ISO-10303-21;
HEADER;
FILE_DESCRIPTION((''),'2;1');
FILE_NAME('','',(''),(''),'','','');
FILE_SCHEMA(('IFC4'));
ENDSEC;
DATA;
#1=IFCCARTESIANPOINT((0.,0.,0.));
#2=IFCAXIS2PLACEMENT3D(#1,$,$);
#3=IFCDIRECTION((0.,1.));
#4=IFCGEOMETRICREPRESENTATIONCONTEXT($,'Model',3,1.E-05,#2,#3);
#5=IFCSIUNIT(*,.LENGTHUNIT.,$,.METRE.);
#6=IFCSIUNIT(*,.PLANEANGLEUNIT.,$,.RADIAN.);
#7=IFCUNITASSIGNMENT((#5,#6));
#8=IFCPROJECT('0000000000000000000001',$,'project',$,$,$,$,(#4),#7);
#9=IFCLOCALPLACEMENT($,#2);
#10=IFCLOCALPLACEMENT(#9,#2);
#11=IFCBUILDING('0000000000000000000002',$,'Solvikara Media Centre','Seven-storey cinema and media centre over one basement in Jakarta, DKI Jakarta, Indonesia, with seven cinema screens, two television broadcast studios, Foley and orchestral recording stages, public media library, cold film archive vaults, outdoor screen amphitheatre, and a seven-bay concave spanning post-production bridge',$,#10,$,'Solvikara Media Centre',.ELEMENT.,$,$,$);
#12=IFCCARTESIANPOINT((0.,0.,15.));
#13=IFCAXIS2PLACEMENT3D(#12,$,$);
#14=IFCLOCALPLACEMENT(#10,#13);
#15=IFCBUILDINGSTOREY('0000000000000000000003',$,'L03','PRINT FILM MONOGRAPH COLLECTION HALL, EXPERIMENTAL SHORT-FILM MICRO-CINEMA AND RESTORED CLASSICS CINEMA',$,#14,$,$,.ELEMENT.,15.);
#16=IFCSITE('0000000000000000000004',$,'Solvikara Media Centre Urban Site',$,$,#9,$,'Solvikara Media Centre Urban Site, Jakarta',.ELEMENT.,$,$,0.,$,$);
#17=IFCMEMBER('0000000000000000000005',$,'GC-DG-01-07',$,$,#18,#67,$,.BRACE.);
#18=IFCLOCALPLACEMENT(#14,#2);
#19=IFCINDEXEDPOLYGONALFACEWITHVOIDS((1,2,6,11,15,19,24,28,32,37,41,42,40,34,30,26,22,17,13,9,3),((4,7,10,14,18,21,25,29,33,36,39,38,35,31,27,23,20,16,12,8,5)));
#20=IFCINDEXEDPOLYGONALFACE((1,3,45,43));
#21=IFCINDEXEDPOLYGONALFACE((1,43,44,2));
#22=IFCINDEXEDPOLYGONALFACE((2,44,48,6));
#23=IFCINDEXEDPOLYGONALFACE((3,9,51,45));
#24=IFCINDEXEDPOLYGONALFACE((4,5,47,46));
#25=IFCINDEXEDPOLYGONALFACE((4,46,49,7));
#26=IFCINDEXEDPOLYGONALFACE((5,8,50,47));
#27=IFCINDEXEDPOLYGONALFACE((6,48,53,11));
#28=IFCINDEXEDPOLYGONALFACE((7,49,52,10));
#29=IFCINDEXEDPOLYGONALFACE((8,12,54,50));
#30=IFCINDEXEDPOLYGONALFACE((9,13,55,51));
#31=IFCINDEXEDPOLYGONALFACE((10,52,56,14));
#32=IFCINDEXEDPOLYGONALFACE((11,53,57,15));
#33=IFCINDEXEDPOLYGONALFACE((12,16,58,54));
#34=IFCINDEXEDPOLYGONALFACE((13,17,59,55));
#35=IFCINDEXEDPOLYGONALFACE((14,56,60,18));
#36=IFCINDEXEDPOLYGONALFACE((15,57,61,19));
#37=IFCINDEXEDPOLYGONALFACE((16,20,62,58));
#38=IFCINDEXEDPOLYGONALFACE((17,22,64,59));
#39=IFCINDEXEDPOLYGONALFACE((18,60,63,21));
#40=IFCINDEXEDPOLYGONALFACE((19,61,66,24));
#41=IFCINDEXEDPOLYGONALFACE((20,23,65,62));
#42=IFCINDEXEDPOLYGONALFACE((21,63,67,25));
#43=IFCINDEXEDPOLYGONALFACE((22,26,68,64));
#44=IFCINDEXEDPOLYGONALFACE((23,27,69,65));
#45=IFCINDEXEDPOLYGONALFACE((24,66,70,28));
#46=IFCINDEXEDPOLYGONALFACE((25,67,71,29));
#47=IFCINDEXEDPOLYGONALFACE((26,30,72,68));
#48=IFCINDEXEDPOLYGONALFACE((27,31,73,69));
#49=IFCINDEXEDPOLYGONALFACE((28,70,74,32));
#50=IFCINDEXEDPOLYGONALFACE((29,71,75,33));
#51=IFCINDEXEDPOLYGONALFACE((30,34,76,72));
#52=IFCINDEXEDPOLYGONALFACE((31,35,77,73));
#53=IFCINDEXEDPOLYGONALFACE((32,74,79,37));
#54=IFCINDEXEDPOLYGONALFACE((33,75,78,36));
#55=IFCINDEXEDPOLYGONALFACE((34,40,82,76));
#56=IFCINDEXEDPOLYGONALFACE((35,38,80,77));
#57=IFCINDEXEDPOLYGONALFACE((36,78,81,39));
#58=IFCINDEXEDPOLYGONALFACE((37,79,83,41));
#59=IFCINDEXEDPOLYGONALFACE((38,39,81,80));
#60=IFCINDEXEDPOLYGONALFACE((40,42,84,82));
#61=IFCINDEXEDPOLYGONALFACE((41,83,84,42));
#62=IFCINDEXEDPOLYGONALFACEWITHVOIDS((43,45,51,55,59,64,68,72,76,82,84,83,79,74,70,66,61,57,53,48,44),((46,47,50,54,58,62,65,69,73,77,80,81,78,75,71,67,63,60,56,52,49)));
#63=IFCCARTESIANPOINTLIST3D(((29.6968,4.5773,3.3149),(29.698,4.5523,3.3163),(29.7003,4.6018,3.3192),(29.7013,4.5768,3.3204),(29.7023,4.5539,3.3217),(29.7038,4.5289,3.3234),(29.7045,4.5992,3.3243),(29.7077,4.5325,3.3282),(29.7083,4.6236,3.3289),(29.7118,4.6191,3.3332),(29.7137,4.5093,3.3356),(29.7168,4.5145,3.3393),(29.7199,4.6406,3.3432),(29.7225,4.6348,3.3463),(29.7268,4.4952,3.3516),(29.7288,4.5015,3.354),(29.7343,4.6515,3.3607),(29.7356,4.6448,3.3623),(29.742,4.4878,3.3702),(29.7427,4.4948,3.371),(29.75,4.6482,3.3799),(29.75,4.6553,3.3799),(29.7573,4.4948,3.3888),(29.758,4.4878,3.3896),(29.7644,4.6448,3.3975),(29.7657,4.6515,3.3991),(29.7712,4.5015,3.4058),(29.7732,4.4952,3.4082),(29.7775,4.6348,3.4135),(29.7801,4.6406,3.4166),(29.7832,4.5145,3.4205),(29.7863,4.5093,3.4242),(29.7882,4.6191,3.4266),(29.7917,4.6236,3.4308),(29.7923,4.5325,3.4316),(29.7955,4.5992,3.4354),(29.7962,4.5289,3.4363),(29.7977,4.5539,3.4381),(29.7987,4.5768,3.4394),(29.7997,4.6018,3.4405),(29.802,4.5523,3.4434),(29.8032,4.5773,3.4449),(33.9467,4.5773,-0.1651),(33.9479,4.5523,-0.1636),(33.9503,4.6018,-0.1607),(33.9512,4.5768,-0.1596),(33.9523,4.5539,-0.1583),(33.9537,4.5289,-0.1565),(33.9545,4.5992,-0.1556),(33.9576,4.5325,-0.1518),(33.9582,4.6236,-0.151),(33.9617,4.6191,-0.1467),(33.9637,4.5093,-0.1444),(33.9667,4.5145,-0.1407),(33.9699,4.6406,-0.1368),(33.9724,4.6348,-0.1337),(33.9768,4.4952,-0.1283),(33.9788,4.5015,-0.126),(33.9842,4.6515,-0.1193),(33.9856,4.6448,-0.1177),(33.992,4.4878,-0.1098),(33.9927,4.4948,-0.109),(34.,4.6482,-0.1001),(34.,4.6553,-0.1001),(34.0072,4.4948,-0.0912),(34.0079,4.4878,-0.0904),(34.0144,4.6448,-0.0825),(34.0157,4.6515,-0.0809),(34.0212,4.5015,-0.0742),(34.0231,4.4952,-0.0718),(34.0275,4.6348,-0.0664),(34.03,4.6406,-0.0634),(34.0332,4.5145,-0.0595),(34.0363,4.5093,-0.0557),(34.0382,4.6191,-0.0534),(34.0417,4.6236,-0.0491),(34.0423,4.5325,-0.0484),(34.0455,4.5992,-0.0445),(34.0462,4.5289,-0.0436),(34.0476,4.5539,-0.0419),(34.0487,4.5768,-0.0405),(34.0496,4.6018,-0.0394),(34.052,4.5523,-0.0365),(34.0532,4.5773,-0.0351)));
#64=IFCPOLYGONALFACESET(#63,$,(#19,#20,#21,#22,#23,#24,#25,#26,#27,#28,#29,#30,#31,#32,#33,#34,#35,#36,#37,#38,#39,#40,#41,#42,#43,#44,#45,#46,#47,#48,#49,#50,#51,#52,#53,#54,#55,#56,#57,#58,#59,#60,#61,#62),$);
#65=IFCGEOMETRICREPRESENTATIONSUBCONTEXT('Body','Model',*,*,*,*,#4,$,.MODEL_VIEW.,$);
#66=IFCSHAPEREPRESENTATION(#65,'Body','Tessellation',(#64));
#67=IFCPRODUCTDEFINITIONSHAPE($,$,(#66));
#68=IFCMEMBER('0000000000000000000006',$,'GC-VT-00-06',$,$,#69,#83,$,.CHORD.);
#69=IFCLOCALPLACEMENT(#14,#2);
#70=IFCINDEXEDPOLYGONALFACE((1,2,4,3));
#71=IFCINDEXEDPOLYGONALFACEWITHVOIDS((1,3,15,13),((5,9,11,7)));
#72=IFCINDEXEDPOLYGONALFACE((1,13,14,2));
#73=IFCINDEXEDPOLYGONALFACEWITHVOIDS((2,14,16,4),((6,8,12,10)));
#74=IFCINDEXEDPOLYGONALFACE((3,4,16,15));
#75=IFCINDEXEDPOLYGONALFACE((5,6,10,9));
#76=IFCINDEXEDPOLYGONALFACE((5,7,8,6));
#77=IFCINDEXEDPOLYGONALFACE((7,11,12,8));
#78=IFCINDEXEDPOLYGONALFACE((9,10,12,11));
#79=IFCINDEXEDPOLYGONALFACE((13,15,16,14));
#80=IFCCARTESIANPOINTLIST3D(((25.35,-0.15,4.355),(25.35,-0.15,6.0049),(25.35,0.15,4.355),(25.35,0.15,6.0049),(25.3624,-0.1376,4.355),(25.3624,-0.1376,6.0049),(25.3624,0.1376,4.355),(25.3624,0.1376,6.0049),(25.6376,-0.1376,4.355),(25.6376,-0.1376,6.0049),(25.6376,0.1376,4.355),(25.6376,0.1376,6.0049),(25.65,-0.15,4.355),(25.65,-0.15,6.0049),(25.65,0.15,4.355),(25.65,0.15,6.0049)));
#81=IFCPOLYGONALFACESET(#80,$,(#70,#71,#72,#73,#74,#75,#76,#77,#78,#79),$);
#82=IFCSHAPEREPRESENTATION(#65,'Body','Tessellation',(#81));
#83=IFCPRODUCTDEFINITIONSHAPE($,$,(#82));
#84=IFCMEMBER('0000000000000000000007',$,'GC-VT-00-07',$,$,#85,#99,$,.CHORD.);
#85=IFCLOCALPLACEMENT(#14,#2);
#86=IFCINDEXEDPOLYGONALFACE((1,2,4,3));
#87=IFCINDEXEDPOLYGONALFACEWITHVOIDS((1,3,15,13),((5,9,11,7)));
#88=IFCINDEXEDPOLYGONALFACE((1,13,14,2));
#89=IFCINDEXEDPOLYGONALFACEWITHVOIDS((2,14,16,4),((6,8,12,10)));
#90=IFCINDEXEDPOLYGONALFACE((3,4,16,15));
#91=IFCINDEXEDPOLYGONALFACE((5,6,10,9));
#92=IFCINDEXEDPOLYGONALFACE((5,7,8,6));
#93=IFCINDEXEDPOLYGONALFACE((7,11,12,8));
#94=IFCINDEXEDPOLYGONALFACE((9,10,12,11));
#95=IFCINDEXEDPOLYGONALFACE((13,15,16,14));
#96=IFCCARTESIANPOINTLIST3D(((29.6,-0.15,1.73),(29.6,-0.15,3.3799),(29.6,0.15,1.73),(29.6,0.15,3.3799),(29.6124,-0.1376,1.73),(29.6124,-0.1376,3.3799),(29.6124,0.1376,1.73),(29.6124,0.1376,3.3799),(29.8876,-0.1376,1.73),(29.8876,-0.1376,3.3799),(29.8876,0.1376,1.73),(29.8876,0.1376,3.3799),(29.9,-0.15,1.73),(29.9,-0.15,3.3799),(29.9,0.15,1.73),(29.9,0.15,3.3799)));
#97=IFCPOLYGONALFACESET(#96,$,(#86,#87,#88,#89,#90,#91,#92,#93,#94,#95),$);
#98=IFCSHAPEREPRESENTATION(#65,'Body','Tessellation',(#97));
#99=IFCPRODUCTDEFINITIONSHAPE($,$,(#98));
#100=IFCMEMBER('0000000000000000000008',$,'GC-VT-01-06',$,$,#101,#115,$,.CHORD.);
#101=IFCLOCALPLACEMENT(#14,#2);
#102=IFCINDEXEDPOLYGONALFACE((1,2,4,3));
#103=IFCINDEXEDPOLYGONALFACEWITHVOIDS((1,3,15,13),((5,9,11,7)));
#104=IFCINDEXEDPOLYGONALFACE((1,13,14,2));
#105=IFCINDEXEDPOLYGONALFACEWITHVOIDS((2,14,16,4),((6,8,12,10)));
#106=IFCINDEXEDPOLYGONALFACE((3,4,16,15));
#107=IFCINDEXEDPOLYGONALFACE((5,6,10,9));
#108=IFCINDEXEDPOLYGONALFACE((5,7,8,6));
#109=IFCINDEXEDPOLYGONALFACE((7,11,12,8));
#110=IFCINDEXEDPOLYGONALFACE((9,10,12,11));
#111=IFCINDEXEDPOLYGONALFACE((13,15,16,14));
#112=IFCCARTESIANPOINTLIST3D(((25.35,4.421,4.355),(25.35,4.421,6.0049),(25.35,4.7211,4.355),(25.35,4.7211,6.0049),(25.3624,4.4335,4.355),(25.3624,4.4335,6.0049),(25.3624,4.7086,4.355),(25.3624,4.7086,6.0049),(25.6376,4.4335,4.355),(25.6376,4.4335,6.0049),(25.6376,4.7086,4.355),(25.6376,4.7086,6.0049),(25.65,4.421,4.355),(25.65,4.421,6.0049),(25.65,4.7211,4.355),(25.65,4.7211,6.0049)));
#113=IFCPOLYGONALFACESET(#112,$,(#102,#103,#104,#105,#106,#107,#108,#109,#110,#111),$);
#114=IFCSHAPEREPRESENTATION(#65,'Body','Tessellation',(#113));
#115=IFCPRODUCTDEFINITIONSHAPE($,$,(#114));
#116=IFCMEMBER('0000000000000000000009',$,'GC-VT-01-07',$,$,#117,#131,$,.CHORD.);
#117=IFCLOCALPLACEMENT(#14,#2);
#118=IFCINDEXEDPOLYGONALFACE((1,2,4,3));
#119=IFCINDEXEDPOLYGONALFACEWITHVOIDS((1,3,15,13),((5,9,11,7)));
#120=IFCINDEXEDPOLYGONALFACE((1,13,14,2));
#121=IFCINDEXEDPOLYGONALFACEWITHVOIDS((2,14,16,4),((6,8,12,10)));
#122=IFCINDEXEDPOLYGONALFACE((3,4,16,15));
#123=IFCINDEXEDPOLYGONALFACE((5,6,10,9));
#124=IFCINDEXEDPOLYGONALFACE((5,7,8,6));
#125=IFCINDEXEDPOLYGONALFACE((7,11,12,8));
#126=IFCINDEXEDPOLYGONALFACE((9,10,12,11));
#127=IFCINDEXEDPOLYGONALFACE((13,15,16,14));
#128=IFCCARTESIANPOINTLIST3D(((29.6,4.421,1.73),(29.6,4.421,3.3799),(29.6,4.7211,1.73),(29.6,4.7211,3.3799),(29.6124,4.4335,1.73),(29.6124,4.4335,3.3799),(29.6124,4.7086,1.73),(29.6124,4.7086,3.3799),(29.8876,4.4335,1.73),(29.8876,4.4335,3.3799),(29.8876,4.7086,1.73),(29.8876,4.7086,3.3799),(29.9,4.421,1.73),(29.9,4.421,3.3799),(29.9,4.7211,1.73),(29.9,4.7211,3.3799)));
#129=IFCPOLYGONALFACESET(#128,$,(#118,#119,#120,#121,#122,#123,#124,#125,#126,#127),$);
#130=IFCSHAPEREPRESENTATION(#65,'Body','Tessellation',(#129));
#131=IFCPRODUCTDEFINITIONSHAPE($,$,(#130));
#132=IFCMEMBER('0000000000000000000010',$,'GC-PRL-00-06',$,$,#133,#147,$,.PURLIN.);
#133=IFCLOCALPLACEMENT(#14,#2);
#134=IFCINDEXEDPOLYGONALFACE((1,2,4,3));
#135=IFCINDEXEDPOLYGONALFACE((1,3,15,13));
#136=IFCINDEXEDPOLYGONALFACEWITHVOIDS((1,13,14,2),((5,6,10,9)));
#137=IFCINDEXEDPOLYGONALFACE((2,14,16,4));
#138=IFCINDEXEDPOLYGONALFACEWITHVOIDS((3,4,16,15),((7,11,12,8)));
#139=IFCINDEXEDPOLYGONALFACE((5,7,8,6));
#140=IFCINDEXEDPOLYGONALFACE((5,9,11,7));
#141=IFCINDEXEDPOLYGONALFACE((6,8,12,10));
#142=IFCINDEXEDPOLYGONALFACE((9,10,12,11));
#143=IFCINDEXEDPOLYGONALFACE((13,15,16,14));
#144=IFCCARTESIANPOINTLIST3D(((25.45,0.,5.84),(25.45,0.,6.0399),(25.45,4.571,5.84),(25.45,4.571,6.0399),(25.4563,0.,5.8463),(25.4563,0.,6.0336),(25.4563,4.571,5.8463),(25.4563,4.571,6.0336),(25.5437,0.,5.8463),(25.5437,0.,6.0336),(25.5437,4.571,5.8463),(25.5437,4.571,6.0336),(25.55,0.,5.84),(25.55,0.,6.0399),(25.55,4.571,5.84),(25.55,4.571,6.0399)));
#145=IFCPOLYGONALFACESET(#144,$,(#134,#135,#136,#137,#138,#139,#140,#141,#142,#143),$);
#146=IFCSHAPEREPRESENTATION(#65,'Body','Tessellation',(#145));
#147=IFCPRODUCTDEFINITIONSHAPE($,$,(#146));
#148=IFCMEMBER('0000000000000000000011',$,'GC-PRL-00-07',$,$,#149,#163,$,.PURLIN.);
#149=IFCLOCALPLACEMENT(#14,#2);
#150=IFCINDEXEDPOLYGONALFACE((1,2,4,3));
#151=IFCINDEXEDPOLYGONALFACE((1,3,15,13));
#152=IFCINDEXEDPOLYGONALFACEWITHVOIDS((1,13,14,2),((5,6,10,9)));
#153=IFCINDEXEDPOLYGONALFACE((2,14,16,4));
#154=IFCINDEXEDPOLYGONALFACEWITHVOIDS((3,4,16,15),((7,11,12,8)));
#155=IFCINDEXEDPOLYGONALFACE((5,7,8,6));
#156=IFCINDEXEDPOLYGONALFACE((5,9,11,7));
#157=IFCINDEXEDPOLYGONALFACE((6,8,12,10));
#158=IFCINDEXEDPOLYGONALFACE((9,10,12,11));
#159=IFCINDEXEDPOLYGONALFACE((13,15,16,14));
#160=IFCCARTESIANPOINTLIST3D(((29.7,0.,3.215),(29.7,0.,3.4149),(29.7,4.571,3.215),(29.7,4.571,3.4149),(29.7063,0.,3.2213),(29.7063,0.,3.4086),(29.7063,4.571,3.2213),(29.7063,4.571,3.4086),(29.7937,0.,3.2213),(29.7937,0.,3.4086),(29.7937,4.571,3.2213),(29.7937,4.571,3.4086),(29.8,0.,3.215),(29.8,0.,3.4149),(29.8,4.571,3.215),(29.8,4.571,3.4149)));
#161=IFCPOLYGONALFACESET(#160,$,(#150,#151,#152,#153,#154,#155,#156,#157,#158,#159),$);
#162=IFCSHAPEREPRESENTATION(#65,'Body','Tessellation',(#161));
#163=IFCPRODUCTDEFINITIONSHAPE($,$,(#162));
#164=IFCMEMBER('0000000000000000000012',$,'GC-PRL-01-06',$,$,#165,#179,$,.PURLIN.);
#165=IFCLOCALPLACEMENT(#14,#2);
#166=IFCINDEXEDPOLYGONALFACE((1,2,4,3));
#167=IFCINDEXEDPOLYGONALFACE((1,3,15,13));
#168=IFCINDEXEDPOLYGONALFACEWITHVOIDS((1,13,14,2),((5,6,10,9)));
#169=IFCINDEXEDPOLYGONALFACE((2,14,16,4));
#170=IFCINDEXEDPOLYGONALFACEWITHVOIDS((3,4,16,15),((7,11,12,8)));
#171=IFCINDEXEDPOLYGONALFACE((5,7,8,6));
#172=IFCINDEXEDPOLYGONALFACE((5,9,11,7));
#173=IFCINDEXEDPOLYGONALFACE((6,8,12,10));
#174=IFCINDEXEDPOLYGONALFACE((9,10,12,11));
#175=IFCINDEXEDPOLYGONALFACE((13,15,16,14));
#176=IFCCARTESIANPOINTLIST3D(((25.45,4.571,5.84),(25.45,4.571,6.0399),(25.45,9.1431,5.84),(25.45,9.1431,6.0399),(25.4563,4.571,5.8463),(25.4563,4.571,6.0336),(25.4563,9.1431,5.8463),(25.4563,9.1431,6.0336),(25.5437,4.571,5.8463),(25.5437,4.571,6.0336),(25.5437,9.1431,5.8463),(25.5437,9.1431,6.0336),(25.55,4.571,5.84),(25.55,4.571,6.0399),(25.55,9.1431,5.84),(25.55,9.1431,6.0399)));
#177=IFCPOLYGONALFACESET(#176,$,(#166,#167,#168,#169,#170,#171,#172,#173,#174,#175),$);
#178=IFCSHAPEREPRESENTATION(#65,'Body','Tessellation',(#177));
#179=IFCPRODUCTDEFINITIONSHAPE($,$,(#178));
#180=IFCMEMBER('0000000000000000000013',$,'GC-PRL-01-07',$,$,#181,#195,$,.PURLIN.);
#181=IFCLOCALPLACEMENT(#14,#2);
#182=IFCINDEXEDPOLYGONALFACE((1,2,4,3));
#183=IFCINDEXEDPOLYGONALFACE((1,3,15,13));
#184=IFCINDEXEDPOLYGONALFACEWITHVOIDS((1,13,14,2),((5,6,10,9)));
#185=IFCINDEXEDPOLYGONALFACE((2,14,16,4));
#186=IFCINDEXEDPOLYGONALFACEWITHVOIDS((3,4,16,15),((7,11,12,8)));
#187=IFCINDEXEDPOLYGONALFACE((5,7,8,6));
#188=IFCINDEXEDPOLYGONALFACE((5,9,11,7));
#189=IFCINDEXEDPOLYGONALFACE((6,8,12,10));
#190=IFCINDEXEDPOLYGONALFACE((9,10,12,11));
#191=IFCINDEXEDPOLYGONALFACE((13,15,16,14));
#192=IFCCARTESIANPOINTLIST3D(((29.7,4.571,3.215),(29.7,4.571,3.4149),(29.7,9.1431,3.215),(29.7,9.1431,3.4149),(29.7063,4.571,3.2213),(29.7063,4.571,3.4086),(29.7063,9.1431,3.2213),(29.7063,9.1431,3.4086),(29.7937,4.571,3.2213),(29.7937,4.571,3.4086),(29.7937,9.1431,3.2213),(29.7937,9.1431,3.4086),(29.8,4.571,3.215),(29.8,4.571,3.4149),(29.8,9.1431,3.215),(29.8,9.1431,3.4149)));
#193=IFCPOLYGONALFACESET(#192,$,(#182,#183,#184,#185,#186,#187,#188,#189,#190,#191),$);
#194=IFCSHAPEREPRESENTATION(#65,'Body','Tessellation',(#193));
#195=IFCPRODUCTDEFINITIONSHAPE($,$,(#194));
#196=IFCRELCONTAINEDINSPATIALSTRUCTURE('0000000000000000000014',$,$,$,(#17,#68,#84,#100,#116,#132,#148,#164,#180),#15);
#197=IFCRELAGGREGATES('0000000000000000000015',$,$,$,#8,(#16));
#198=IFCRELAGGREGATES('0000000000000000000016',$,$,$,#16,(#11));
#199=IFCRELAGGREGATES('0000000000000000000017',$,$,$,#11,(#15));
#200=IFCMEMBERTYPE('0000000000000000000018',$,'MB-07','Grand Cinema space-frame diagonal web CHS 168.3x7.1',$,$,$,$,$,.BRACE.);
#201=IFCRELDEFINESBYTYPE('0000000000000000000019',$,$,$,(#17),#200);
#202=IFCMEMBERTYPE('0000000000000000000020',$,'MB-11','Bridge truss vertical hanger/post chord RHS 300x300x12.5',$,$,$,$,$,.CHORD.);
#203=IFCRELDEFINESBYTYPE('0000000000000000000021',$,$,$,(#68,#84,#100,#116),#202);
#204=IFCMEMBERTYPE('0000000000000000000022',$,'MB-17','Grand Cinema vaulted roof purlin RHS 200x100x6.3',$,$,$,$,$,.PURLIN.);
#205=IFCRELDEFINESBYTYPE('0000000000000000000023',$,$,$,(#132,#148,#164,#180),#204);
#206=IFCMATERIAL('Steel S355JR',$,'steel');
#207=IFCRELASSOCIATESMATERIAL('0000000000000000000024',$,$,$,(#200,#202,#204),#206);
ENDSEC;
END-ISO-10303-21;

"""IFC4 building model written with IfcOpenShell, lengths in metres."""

from ifc_helpers import new_model, si_unit, direction, frame, origin, origin_2d, place, context, subcontext, project, spatial, hollow_rectangle, hollow_circle, extrude, material, material_profile, profile_set, type_object, element, save


model = new_model("IFC4")

# Units and contexts
model_context = context("Model", 3, precision=1e-05, world=origin(), true_north=direction((0.0, 1.0)))
body_context = subcontext(model_context, "Body", "Model", "MODEL_VIEW")
ifc_project = project(units=[si_unit("LENGTHUNIT", "METRE"), si_unit("PLANEANGLEUNIT", "RADIAN")], contexts=[model_context])

# Site, building, storey
site_placement = place(None, origin())
site = spatial("IfcSite", under=ifc_project, at=site_placement, Name="Solvikara Media Centre Urban Site", LongName="Solvikara Media Centre Urban Site, Jakarta", CompositionType="ELEMENT", RefElevation=0.0)
building_placement = place(site_placement, origin())
building = spatial("IfcBuilding", under=site, at=building_placement, Name="Solvikara Media Centre", Description="Seven-storey cinema and media centre over one basement in Jakarta, DKI Jakarta, Indonesia, with seven cinema screens, two television broadcast studios, Foley and orchestral recording stages, public media library, cold film archive vaults, outdoor screen amphitheatre, and a seven-bay concave spanning post-production bridge", LongName="Solvikara Media Centre", CompositionType="ELEMENT")
storey_placement = place(building_placement, frame((0.0, 0.0, 15.0)))
storey = spatial("IfcBuildingStorey", under=building, at=storey_placement, Name="L03", Description="PRINT FILM MONOGRAPH COLLECTION HALL, EXPERIMENTAL SHORT-FILM MICRO-CINEMA AND RESTORED CLASSICS CINEMA", CompositionType="ELEMENT", Elevation=15.0)

# Members
ifc_material_1 = material(Name="Steel S355JR", Category="steel")
ifc_material_profile_1 = material_profile(ifc_material_1, hollow_circle(Radius=0.0842, WallThickness=0.0071, at=origin_2d()), Name="CHS 168.3x7.1")
ifc_profile_set_1 = profile_set([ifc_material_profile_1], Name="Steel S355JR")
member_type_1 = type_object("IfcMemberType", Name="MB-07", Description="Grand Cinema space-frame diagonal web CHS 168.3x7.1", PredefinedType="BRACE", material=ifc_profile_set_1)
member_1_placement = place(storey_placement, frame((29.75, 4.571, 3.3799), z_axis=(0.773716, 0.0, -0.633533), x_axis=(0.0, 1.0, 0.0)))
element("IfcMember", 1, at=member_1_placement, inside=storey, type_object=member_type_1, Name="GC-DG-01-07", PredefinedType="BRACE", context=body_context, shape_type="SweptSolid", body=[
    extrude(hollow_circle(Radius=0.0842, WallThickness=0.0071, at=origin_2d()), origin(), (0.0, 0.0, 1.0), 5.4929),
])
ifc_material_profile_2 = material_profile(ifc_material_1, hollow_rectangle(XDim=0.3, YDim=0.3, WallThickness=0.0125, at=origin_2d()), Name="RHS 300x300x12.5")
ifc_profile_set_2 = profile_set([ifc_material_profile_2], Name="Steel S355JR")
member_type_2 = type_object("IfcMemberType", Name="MB-11", Description="Bridge truss vertical hanger/post chord RHS 300x300x12.5", PredefinedType="CHORD", material=ifc_profile_set_2)
for number, where, z_axis, x_axis, name in (
    (2, (25.5, 0.0, 4.355), (0.0, 0.0, 1.0), (1.0, 0.0, 0.0), "GC-VT-00-06"),
    (3, (29.75, 0.0, 1.73), (0.0, 0.0, 1.0), (1.0, 0.0, 0.0), "GC-VT-00-07"),
    (4, (25.5, 4.571, 4.355), (0.0, 0.0, 1.0), (1.0, 0.0, 0.0), "GC-VT-01-06"),
    (5, (29.75, 4.571, 1.73), (0.0, 0.0, 1.0), (1.0, 0.0, 0.0), "GC-VT-01-07"),
):
    element("IfcMember", number, at=place(storey_placement, frame(where, z_axis=z_axis, x_axis=x_axis)), inside=storey, type_object=member_type_2, Name=name, PredefinedType="CHORD", context=body_context, shape_type="SweptSolid", body=[
        extrude(hollow_rectangle(XDim=0.3, YDim=0.3, WallThickness=0.0125, at=origin_2d()), origin(), (0.0, 0.0, 1.0), 1.6499),
    ])
ifc_material_profile_3 = material_profile(ifc_material_1, hollow_rectangle(XDim=0.1001, YDim=0.2, WallThickness=0.0063, at=origin_2d()), Name="RHS 200x100x6.3")
ifc_profile_set_3 = profile_set([ifc_material_profile_3], Name="Steel S355JR")
member_type_3 = type_object("IfcMemberType", Name="MB-17", Description="Grand Cinema vaulted roof purlin RHS 200x100x6.3", PredefinedType="PURLIN", material=ifc_profile_set_3)
for number, where, z_axis, x_axis, name in (
    (6, (25.5, 0.0, 5.9399), (0.0, 1.0, 0.0), (-1.0, 0.0, 0.0), "GC-PRL-00-06"),
    (7, (29.75, 0.0, 3.3149), (0.0, 1.0, 0.0), (-1.0, 0.0, 0.0), "GC-PRL-00-07"),
):
    element("IfcMember", number, at=place(storey_placement, frame(where, z_axis=z_axis, x_axis=x_axis)), inside=storey, type_object=member_type_3, Name=name, PredefinedType="PURLIN", context=body_context, shape_type="SweptSolid", body=[
        extrude(hollow_rectangle(XDim=0.1001, YDim=0.2, WallThickness=0.0063, at=origin_2d()), origin(), (0.0, 0.0, 1.0), 4.571),
    ])
for number, where, z_axis, x_axis, name in (
    (8, (25.5, 4.571, 5.9399), (0.0, 1.0, 0.0), (-1.0, 0.0, 0.0), "GC-PRL-01-06"),
    (9, (29.75, 4.571, 3.3149), (0.0, 1.0, 0.0), (-1.0, 0.0, 0.0), "GC-PRL-01-07"),
):
    element("IfcMember", number, at=place(storey_placement, frame(where, z_axis=z_axis, x_axis=x_axis)), inside=storey, type_object=member_type_3, Name=name, PredefinedType="PURLIN", context=body_context, shape_type="SweptSolid", body=[
        extrude(hollow_rectangle(XDim=0.1001, YDim=0.2, WallThickness=0.0063, at=origin_2d()), origin(), (0.0, 0.0, 1.0), 4.572),
    ])

save(model, "model.ifc")
